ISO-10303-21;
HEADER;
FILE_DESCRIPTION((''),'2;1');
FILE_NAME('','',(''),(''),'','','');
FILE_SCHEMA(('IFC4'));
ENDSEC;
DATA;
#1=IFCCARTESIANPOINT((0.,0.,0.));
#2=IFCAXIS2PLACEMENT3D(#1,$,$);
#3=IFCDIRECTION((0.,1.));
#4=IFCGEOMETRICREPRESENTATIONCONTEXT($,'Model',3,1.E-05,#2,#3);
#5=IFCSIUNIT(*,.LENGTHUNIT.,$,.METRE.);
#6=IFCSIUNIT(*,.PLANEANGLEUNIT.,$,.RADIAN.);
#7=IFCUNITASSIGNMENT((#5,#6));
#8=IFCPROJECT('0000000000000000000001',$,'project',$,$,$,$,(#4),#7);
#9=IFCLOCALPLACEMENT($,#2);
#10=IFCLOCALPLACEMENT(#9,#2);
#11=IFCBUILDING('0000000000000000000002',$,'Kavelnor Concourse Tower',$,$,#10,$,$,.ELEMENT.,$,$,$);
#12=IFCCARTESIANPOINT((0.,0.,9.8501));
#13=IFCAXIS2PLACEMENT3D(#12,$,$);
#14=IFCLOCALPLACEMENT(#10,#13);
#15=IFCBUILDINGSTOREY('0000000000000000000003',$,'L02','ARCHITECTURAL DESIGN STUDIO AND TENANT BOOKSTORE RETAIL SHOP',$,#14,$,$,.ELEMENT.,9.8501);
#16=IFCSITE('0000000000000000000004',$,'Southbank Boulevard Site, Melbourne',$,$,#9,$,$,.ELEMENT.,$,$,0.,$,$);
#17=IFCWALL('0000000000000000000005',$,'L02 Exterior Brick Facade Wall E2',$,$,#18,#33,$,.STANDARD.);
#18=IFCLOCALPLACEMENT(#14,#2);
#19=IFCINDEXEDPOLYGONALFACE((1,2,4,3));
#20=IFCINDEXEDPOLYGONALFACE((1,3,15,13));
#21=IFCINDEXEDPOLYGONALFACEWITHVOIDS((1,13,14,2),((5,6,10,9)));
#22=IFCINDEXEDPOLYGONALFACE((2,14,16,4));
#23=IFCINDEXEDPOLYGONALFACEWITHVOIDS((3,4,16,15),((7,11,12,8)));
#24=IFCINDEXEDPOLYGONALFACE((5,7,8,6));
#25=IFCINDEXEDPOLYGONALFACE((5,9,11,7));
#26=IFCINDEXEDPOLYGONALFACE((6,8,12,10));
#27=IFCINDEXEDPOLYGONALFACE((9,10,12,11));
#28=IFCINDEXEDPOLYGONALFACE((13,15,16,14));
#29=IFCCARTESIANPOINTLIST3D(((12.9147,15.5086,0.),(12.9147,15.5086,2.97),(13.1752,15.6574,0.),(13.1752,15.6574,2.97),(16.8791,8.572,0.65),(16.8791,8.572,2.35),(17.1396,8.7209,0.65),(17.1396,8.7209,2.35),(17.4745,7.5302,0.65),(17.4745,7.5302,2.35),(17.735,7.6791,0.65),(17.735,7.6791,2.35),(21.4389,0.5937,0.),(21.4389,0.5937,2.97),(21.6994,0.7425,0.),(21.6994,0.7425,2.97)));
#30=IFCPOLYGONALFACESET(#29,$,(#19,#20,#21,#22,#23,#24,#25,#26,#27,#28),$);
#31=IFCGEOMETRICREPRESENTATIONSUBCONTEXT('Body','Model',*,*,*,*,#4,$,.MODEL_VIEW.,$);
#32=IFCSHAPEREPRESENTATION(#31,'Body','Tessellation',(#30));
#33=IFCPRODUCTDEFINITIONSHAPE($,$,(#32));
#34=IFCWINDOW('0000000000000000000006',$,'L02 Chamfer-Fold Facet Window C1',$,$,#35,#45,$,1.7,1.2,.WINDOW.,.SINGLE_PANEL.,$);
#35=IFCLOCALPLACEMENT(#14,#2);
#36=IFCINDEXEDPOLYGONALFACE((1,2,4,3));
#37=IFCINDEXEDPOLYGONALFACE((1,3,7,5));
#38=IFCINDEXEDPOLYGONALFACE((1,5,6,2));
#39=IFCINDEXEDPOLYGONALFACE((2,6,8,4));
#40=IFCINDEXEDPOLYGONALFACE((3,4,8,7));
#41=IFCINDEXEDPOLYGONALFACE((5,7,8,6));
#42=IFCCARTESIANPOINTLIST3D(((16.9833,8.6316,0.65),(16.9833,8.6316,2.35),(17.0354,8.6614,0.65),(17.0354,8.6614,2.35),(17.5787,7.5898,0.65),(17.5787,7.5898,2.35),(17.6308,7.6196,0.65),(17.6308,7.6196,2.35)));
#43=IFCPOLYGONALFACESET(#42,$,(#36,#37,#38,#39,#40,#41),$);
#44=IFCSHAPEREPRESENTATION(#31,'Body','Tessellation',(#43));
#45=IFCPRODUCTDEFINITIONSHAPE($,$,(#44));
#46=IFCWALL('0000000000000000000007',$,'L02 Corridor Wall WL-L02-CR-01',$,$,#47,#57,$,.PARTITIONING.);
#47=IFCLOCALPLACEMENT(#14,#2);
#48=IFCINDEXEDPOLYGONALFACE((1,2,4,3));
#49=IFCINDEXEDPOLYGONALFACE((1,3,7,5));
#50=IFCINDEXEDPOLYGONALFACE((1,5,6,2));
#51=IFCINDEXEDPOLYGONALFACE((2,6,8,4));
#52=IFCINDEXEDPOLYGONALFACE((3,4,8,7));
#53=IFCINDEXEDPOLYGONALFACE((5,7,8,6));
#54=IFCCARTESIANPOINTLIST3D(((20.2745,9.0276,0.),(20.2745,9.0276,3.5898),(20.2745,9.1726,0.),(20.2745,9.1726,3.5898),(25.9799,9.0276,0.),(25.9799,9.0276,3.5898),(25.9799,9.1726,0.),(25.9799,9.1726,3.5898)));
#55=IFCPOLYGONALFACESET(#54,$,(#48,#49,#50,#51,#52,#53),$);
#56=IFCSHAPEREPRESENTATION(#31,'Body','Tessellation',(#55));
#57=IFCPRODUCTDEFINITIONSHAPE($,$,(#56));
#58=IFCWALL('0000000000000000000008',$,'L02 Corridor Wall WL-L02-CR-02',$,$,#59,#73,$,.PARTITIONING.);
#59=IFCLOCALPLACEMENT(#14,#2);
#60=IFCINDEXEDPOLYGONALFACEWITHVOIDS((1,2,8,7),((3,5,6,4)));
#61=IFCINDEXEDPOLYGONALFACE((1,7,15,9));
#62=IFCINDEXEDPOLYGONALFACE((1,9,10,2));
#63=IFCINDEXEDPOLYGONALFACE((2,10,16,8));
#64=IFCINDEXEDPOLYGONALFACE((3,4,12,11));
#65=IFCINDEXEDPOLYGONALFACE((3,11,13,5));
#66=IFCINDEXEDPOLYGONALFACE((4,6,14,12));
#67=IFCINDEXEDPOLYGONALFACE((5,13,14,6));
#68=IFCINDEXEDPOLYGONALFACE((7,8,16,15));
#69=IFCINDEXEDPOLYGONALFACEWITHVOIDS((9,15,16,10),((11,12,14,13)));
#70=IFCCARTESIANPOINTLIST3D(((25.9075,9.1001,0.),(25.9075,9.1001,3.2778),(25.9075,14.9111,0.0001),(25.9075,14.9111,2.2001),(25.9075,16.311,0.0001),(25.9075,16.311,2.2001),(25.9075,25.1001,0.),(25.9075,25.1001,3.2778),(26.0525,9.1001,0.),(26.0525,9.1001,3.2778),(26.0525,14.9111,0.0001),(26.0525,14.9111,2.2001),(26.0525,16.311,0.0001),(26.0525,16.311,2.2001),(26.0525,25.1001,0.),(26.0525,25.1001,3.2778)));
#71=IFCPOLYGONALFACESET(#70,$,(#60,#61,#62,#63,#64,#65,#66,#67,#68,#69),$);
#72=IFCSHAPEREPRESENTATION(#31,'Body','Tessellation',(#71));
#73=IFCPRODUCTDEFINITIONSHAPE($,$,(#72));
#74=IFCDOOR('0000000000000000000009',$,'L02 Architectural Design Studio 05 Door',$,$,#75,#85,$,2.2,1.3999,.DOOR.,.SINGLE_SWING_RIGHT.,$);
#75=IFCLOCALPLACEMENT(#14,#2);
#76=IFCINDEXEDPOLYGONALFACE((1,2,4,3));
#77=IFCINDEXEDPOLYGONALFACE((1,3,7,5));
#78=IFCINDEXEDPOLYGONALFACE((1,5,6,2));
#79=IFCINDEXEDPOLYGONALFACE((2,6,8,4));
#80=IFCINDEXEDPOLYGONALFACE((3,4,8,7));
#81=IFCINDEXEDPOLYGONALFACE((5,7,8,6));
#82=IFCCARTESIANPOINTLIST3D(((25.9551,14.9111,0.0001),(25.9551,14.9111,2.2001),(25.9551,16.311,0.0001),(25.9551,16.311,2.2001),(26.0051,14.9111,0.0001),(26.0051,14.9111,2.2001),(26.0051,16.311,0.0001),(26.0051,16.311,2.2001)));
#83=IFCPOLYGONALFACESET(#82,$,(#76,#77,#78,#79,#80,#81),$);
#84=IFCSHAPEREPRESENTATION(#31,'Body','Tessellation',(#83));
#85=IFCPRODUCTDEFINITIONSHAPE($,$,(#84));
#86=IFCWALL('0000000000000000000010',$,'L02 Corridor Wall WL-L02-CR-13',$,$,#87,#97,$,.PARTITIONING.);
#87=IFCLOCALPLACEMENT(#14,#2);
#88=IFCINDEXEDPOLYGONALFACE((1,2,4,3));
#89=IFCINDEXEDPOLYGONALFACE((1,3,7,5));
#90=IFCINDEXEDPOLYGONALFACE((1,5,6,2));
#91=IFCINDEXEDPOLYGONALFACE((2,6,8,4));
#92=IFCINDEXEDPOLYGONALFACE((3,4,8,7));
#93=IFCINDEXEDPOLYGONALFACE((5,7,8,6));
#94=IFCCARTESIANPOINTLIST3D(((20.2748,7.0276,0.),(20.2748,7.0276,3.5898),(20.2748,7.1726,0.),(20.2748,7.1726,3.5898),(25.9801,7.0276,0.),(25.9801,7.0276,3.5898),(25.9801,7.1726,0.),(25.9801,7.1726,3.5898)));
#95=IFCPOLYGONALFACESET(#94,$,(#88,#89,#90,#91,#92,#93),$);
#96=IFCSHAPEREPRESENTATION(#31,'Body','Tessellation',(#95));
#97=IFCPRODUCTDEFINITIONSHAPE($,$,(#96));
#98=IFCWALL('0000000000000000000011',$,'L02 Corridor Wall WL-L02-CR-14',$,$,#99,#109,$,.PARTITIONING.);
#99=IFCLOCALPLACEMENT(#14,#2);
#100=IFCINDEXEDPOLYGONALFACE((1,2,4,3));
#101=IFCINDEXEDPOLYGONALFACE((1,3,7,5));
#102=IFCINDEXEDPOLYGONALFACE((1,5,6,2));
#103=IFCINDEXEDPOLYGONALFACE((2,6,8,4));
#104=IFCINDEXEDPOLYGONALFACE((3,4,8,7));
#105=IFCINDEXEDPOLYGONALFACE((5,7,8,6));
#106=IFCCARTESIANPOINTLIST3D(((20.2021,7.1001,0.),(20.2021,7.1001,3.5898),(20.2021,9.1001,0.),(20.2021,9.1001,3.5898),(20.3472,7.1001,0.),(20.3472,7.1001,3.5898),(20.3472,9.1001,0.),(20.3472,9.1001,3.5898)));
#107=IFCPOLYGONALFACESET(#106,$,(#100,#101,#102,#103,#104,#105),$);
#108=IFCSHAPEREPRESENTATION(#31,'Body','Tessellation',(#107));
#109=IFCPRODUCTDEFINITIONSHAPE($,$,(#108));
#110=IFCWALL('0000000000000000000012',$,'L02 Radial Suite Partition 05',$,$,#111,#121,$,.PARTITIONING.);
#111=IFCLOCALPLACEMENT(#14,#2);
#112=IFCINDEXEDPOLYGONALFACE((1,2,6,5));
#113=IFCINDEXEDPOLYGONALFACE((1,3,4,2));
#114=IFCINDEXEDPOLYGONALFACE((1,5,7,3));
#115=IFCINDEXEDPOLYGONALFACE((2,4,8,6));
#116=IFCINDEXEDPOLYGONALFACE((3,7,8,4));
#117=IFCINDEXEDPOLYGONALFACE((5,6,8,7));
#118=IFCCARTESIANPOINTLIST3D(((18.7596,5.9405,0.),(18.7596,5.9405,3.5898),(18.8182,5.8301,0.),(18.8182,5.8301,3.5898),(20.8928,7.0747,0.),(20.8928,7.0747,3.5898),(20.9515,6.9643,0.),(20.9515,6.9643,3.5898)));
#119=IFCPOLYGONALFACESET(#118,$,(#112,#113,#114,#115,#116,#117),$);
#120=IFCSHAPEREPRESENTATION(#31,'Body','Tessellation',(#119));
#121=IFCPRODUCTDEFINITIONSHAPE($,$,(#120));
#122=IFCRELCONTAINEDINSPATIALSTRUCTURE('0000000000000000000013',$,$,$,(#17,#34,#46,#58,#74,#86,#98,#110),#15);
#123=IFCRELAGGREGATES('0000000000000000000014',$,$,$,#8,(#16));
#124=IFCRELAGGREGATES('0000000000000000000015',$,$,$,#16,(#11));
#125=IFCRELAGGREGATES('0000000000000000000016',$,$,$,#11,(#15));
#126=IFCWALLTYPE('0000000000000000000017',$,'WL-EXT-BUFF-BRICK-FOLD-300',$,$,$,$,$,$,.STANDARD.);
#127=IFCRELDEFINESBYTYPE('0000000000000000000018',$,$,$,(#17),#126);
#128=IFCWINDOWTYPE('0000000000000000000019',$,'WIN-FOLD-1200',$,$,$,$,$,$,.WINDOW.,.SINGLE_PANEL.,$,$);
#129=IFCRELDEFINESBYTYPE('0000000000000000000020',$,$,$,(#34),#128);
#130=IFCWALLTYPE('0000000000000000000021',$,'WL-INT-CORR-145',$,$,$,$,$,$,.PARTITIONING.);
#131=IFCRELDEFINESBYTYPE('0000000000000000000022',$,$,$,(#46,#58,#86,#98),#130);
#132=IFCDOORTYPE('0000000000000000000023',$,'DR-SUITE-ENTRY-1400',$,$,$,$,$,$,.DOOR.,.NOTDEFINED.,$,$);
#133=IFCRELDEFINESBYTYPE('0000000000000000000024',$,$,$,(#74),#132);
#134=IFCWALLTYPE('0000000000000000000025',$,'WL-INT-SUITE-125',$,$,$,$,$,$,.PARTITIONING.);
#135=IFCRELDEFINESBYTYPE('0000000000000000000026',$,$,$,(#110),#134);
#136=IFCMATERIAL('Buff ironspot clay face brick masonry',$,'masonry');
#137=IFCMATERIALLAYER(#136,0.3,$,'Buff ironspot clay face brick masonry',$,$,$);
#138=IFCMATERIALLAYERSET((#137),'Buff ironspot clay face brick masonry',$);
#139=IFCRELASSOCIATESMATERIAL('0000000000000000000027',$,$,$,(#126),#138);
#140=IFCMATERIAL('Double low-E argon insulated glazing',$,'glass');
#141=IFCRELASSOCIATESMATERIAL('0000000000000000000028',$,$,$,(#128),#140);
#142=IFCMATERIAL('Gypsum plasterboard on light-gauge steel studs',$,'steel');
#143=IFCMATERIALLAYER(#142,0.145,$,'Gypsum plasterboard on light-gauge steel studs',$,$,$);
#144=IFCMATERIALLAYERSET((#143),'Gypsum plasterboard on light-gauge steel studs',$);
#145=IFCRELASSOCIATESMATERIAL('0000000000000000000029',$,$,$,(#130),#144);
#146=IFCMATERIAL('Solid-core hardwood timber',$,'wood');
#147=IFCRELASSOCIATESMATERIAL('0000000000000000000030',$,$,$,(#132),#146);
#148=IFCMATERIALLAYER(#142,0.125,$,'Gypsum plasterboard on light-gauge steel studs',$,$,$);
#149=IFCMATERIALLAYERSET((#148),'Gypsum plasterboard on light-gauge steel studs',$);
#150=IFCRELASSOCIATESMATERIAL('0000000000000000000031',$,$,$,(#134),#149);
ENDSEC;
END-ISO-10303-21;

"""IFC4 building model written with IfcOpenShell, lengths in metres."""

from ifc_helpers import new_model, si_unit, direction, frame, frame_2d, origin, place, context, subcontext, project, spatial, rectangle, extrude, material, layer, layer_set, type_object, element, fill, save


model = new_model("IFC4")

# Units and contexts
model_context = context("Model", 3, precision=1e-05, world=origin(), true_north=direction((0.0, 1.0)))
body_context = subcontext(model_context, "Body", "Model", "MODEL_VIEW")
ifc_project = project(units=[si_unit("LENGTHUNIT", "METRE"), si_unit("PLANEANGLEUNIT", "RADIAN")], contexts=[model_context])

# Site, building, storey
site_placement = place(None, origin())
site = spatial("IfcSite", under=ifc_project, at=site_placement, Name="Southbank Boulevard Site, Melbourne", CompositionType="ELEMENT", RefElevation=0.0)
building_placement = place(site_placement, origin())
building = spatial("IfcBuilding", under=site, at=building_placement, Name="Kavelnor Concourse Tower", CompositionType="ELEMENT")
storey_placement = place(building_placement, frame((0.0, 0.0, 9.8501)))
storey = spatial("IfcBuildingStorey", under=building, at=storey_placement, Name="L02", Description="ARCHITECTURAL DESIGN STUDIO AND TENANT BOOKSTORE RETAIL SHOP", CompositionType="ELEMENT", Elevation=9.8501)

# Wall, opening, window
ifc_material_1 = material(Name="Buff ironspot clay face brick masonry", Category="masonry")
ifc_layer_1 = layer(ifc_material_1, 0.3, Name="Buff ironspot clay face brick masonry")
ifc_layer_set_1 = layer_set([ifc_layer_1], Name="Buff ironspot clay face brick masonry")
wall_type_1 = type_object("IfcWallType", Name="WL-EXT-BUFF-BRICK-FOLD-300", PredefinedType="STANDARD", material=ifc_layer_set_1)
wall_1_placement = place(storey_placement, frame((21.5691, 0.6682, 0.0), z_axis=(0.0, 0.0, 1.0), x_axis=(-0.496202, 0.868207, 0.0)))
wall_1 = element("IfcWall", 1, at=wall_1_placement, inside=storey, type_object=wall_type_1, Name="L02 Exterior Brick Facade Wall E2", PredefinedType="STANDARD", context=body_context, shape_type="SweptSolid", body=[
    extrude(rectangle(XDim=17.179, YDim=0.3, at=frame_2d((8.5894, 0.0))), origin(), (0.0, 0.0, 1.0), 2.97),
])
opening_1_placement = place(wall_1_placement, frame((7.9893, 0.0, 0.6499)))
opening_1 = element("IfcOpeningElement", 2, at=opening_1_placement, cuts=wall_1, PredefinedType="OPENING", context=body_context, shape_type="SweptSolid", body=[
    extrude(rectangle(XDim=1.2, YDim=1.7, at=frame_2d((0.6001, 0.8501))), frame((0.0, 0.1602, 0.0), z_axis=(0.0, -1.0, 0.0), x_axis=(1.0, 0.0, 0.0)), (0.0, 0.0, 1.0), 0.3201),
])
ifc_material_2 = material(Name="Double low-E argon insulated glazing", Category="glass")
window_type = type_object("IfcWindowType", Name="WIN-FOLD-1200", PartitioningType="SINGLE_PANEL", PredefinedType="WINDOW", material=ifc_material_2)
window_placement = place(opening_1_placement, origin())
window = element("IfcWindow", 3, at=window_placement, inside=storey, type_object=window_type, Name="L02 Chamfer-Fold Facet Window C1", OverallHeight=1.7, OverallWidth=1.2, PartitioningType="SINGLE_PANEL", PredefinedType="WINDOW", context=body_context, shape_type="SweptSolid", body=[
    extrude(rectangle(XDim=1.2, YDim=1.7, at=frame_2d((0.6001, 0.8501))), frame((0.0, 0.03, 0.0), z_axis=(0.0, -1.0, 0.0), x_axis=(1.0, 0.0, 0.0)), (0.0, 0.0, 1.0), 0.0601),
])
fill(opening_1, window)

# Wall
ifc_material_3 = material(Name="Gypsum plasterboard on light-gauge steel studs", Category="steel")
ifc_layer_2 = layer(ifc_material_3, 0.145, Name="Gypsum plasterboard on light-gauge steel studs")
ifc_layer_set_2 = layer_set([ifc_layer_2], Name="Gypsum plasterboard on light-gauge steel studs")
wall_type_2 = type_object("IfcWallType", Name="WL-INT-CORR-145", PredefinedType="PARTITIONING", material=ifc_layer_set_2)
wall_2_placement = place(storey_placement, frame((20.2747, 9.1001, 0.0), z_axis=(0.0, 0.0, 1.0), x_axis=(1.0, 0.0, 0.0)))
element("IfcWall", 4, at=wall_2_placement, inside=storey, type_object=wall_type_2, Name="L02 Corridor Wall WL-L02-CR-01", PredefinedType="PARTITIONING", context=body_context, shape_type="SweptSolid", body=[
    extrude(rectangle(XDim=5.7053, YDim=0.145, at=frame_2d((2.8525, 0.0))), origin(), (0.0, 0.0, 1.0), 3.5898),
])

# Wall, opening, door
wall_3_placement = place(storey_placement, frame((25.98, 9.1001, 0.0), z_axis=(0.0, 0.0, 1.0), x_axis=(0.0, 1.0, 0.0)))
wall_3 = element("IfcWall", 5, at=wall_3_placement, inside=storey, type_object=wall_type_2, Name="L02 Corridor Wall WL-L02-CR-02", PredefinedType="PARTITIONING", context=body_context, shape_type="SweptSolid", body=[
    extrude(rectangle(XDim=16.0, YDim=0.145, at=frame_2d((8.0, 0.0))), origin(), (0.0, 0.0, 1.0), 3.2778),
])
opening_2_placement = place(wall_3_placement, frame((5.811, 0.0, 0.0)))
opening_2 = element("IfcOpeningElement", 6, at=opening_2_placement, cuts=wall_3, PredefinedType="OPENING", context=body_context, shape_type="SweptSolid", body=[
    extrude(rectangle(XDim=1.3999, YDim=2.2, at=frame_2d((0.7, 1.1001))), frame((0.0, 0.0825, 0.0), z_axis=(0.0, -1.0, 0.0), x_axis=(1.0, 0.0, 0.0)), (0.0, 0.0, 1.0), 0.165),
])
ifc_material_4 = material(Name="Solid-core hardwood timber", Category="wood")
door_type = type_object("IfcDoorType", Name="DR-SUITE-ENTRY-1400", OperationType="NOTDEFINED", PredefinedType="DOOR", material=ifc_material_4)
door_placement = place(opening_2_placement, origin())
door = element("IfcDoor", 7, at=door_placement, inside=storey, type_object=door_type, Name="L02 Architectural Design Studio 05 Door", OperationType="SINGLE_SWING_RIGHT", OverallHeight=2.2, OverallWidth=1.3999, PredefinedType="DOOR", context=body_context, shape_type="SweptSolid", body=[
    extrude(rectangle(XDim=1.3999, YDim=2.2, at=frame_2d((0.7, 1.1001))), frame((0.0, 0.0249, 0.0), z_axis=(0.0, -1.0, 0.0), x_axis=(1.0, 0.0, 0.0)), (0.0, 0.0, 1.0), 0.05),
])
fill(opening_2, door)

# Walls
wall_4_placement = place(storey_placement, frame((25.98, 7.1001, 0.0), z_axis=(0.0, 0.0, 1.0), x_axis=(-1.0, 0.0, 0.0)))
element("IfcWall", 8, at=wall_4_placement, inside=storey, type_object=wall_type_2, Name="L02 Corridor Wall WL-L02-CR-13", PredefinedType="PARTITIONING", context=body_context, shape_type="SweptSolid", body=[
    extrude(rectangle(XDim=5.7053, YDim=0.145, at=frame_2d((2.8525, 0.0))), origin(), (0.0, 0.0, 1.0), 3.5898),
])
wall_5_placement = place(storey_placement, frame((20.2747, 7.1001, 0.0), z_axis=(0.0, 0.0, 1.0), x_axis=(0.0, 1.0, 0.0)))
element("IfcWall", 9, at=wall_5_placement, inside=storey, type_object=wall_type_2, Name="L02 Corridor Wall WL-L02-CR-14", PredefinedType="PARTITIONING", context=body_context, shape_type="SweptSolid", body=[
    extrude(rectangle(XDim=2.0, YDim=0.145, at=frame_2d((1.0, 0.0))), origin(), (0.0, 0.0, 1.0), 3.5898),
])
ifc_layer_3 = layer(ifc_material_3, 0.125, Name="Gypsum plasterboard on light-gauge steel studs")
ifc_layer_set_3 = layer_set([ifc_layer_3], Name="Gypsum plasterboard on light-gauge steel studs")
wall_type_3 = type_object("IfcWallType", Name="WL-INT-SUITE-125", PredefinedType="PARTITIONING", material=ifc_layer_set_3)
wall_6_placement = place(storey_placement, frame((20.9221, 7.0195, 0.0), z_axis=(0.0, 0.0, 1.0), x_axis=(-0.882951, -0.469465, 0.0)))
element("IfcWall", 10, at=wall_6_placement, inside=storey, type_object=wall_type_3, Name="L02 Radial Suite Partition 05", PredefinedType="PARTITIONING", context=body_context, shape_type="SweptSolid", body=[
    extrude(rectangle(XDim=2.416, YDim=0.125, at=frame_2d((1.208, 0.0))), origin(), (0.0, 0.0, 1.0), 3.5898),
])

save(model, "model.ifc")
